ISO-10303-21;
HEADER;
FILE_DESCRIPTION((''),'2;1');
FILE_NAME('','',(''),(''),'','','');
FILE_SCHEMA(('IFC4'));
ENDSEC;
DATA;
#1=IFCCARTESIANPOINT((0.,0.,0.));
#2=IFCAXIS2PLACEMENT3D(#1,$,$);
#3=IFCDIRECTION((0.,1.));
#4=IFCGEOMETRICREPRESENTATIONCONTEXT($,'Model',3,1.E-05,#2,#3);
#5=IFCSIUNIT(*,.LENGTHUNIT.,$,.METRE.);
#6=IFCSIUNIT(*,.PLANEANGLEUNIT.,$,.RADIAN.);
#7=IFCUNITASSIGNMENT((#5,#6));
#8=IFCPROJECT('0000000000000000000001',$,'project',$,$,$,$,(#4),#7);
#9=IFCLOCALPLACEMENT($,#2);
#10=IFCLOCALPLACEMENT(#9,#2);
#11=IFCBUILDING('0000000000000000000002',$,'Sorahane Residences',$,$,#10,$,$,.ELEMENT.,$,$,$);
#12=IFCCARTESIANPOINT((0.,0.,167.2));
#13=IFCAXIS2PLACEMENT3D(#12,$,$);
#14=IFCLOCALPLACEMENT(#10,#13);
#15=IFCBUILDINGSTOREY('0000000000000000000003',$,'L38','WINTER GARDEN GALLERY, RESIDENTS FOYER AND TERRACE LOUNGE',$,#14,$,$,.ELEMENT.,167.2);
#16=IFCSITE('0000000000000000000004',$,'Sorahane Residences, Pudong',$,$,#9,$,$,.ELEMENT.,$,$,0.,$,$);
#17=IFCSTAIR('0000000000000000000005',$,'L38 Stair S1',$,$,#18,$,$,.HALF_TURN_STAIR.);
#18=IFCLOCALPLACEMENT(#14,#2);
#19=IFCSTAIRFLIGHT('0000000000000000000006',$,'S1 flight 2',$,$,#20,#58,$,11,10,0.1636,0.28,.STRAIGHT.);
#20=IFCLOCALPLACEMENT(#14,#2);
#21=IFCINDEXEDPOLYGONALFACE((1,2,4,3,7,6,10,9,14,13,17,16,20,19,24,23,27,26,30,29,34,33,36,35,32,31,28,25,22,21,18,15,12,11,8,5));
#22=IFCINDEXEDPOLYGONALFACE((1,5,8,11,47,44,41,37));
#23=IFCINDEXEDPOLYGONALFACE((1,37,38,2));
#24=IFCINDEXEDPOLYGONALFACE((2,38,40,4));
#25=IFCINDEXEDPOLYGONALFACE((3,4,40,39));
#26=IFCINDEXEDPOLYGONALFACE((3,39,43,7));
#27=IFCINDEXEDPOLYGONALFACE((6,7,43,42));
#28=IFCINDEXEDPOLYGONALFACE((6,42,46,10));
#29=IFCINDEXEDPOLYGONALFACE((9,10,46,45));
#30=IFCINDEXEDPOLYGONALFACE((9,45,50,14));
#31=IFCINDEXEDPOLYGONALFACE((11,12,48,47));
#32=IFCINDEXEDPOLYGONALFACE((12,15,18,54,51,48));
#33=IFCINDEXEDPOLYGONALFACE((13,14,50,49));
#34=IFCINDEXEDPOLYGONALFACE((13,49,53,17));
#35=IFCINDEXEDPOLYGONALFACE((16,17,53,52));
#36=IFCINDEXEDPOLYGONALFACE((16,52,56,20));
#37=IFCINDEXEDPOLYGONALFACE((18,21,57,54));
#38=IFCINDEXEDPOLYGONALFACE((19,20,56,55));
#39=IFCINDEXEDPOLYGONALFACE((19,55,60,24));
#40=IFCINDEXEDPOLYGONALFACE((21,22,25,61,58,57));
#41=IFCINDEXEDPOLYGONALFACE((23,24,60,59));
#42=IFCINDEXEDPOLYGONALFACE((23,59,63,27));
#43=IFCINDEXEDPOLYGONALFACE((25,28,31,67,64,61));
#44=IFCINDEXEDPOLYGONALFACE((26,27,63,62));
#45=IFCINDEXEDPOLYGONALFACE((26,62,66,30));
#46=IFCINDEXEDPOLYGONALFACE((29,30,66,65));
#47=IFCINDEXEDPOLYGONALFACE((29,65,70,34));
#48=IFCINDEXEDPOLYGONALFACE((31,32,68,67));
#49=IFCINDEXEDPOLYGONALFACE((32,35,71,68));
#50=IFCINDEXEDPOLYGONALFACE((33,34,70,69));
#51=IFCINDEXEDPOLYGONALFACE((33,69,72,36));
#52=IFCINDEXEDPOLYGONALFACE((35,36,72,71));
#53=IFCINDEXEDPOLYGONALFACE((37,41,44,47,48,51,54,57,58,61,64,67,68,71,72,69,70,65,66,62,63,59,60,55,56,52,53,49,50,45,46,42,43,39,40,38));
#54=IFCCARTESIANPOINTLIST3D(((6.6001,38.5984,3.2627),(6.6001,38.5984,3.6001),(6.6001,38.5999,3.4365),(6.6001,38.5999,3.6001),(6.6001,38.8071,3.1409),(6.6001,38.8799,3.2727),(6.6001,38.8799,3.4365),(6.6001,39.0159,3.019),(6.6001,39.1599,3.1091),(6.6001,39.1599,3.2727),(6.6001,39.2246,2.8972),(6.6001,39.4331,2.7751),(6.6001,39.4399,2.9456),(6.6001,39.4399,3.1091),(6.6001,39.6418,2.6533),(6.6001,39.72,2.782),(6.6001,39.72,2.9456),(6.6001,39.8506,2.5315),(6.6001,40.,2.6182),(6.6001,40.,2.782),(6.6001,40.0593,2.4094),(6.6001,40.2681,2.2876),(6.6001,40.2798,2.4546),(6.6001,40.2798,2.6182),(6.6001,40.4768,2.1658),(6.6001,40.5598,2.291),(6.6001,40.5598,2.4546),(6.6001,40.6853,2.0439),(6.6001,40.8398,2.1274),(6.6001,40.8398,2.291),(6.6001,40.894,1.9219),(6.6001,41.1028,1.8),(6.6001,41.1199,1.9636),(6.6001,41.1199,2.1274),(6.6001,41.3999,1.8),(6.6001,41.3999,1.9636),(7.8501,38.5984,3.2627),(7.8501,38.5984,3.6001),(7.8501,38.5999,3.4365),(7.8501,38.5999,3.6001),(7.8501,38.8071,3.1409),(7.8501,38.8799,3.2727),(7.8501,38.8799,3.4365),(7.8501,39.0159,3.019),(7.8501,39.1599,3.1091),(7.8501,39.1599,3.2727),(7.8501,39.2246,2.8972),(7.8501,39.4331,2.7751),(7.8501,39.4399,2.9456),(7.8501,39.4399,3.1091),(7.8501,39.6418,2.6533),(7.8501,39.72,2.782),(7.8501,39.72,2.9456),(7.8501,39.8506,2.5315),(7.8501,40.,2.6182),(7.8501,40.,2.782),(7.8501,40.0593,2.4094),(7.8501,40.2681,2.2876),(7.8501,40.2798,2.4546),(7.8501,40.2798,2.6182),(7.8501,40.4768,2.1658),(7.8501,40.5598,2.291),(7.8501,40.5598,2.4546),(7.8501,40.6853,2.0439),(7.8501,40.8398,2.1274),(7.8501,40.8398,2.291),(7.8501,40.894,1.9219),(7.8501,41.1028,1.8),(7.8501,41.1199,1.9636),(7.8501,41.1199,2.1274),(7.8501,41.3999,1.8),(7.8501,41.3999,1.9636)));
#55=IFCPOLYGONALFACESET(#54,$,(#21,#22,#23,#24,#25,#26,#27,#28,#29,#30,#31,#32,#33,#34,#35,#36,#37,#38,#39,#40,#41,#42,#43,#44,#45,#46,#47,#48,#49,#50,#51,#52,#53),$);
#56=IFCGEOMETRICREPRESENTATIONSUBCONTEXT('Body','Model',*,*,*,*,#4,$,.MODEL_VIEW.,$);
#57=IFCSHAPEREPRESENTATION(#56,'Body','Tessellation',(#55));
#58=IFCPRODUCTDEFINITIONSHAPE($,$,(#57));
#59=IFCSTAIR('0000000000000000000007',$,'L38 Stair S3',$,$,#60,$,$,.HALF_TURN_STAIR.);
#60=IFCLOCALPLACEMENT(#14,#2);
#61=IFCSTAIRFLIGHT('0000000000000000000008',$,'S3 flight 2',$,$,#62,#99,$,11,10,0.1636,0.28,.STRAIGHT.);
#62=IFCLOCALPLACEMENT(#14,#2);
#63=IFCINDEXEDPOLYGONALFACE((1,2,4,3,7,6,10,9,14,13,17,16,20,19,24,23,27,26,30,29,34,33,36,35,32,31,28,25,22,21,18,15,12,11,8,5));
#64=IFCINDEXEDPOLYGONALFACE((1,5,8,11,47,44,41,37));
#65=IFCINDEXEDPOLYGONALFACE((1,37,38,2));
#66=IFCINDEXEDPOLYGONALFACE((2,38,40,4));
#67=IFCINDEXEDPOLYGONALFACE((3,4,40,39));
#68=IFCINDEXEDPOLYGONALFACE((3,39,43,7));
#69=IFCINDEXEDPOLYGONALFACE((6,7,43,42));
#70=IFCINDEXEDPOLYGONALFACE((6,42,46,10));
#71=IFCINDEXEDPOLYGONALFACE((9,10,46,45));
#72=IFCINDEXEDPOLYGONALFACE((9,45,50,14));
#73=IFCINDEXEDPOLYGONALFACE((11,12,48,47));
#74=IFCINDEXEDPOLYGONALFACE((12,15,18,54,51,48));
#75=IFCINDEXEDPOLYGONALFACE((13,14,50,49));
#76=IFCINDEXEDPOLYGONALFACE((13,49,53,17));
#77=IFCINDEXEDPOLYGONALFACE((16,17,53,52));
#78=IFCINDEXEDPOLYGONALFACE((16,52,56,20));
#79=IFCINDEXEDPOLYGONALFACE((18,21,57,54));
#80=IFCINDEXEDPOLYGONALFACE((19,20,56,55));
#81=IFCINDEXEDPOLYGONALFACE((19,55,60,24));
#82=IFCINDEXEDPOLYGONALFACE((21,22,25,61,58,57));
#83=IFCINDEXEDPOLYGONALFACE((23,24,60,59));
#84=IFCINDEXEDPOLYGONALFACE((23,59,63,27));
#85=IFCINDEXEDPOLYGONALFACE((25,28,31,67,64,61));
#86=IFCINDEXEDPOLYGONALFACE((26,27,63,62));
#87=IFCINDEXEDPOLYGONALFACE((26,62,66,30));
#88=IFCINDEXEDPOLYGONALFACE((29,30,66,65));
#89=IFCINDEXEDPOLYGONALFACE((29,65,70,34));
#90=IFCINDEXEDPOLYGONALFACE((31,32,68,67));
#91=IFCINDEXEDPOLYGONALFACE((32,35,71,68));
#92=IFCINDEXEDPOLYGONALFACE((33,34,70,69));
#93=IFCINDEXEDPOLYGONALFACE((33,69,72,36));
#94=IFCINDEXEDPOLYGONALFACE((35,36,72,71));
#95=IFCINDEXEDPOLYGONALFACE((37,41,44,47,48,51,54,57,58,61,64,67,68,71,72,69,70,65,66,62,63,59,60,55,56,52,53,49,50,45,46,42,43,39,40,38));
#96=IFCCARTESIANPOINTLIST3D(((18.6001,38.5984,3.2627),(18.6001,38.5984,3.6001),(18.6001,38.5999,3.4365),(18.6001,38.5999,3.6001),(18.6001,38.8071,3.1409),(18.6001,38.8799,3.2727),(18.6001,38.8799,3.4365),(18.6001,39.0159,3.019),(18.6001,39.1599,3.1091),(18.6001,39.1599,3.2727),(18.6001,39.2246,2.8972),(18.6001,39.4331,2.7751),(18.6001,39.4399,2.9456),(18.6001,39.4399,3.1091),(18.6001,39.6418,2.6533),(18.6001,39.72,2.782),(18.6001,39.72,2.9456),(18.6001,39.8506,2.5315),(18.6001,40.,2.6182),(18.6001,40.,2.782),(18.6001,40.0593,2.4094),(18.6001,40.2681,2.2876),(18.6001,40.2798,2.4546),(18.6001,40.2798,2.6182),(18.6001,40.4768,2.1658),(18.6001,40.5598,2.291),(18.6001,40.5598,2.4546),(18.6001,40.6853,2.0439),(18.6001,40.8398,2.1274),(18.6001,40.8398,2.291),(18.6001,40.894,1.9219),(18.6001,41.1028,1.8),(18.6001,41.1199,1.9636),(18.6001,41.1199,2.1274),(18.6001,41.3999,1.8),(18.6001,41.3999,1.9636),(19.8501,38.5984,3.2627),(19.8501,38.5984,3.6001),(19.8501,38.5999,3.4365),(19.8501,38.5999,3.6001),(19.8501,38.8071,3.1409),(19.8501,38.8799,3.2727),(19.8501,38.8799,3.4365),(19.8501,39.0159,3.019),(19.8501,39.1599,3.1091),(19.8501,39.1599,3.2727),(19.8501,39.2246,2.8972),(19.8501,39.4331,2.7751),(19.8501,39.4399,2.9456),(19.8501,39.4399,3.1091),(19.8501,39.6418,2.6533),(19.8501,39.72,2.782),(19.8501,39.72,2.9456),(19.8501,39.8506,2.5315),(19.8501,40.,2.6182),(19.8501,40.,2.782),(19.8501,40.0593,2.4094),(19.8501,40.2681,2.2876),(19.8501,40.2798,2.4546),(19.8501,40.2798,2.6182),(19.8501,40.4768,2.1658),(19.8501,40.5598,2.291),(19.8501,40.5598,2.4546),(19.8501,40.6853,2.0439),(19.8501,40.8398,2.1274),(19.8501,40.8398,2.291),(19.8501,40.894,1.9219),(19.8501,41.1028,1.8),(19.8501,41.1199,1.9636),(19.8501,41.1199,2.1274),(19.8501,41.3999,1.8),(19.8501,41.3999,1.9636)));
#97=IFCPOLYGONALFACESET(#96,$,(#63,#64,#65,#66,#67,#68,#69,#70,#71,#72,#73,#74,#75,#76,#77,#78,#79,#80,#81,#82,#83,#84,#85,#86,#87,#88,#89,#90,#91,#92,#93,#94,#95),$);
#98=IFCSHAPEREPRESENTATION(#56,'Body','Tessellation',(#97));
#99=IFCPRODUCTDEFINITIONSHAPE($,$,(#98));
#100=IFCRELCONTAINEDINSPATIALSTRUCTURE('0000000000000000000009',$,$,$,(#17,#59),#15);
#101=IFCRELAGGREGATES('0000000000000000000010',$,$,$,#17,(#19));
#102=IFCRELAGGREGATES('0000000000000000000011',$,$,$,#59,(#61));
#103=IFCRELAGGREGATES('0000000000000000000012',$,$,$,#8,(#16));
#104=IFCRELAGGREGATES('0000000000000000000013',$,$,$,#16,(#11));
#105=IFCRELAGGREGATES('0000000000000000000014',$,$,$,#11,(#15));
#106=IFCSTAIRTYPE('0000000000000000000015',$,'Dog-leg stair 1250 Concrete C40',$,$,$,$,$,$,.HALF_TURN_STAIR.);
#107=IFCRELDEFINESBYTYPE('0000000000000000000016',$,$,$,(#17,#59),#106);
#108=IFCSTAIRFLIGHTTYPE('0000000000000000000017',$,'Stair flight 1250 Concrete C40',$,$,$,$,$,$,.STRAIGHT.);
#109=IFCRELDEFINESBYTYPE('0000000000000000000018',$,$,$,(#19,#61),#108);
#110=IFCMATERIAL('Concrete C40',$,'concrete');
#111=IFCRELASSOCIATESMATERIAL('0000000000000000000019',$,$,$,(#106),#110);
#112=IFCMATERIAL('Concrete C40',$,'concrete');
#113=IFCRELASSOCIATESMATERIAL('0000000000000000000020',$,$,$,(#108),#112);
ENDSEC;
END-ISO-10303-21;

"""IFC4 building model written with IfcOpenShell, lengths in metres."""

from ifc_helpers import new_model, si_unit, direction, frame, origin, place, context, subcontext, project, spatial, polyline, outline, extrude, material, type_object, element, aggregate, save


model = new_model("IFC4")

# Units and contexts
model_context = context("Model", 3, precision=1e-05, world=origin(), true_north=direction((0.0, 1.0)))
body_context = subcontext(model_context, "Body", "Model", "MODEL_VIEW")
ifc_project = project(units=[si_unit("LENGTHUNIT", "METRE"), si_unit("PLANEANGLEUNIT", "RADIAN")], contexts=[model_context])

# Site, building, storey
site_placement = place(None, origin())
site = spatial("IfcSite", under=ifc_project, at=site_placement, Name="Sorahane Residences, Pudong", CompositionType="ELEMENT", RefElevation=0.0)
building_placement = place(site_placement, origin())
building = spatial("IfcBuilding", under=site, at=building_placement, Name="Sorahane Residences", CompositionType="ELEMENT")
storey_placement = place(building_placement, frame((0.0, 0.0, 167.2)))
storey = spatial("IfcBuildingStorey", under=building, at=storey_placement, Name="L38", Description="WINTER GARDEN GALLERY, RESIDENTS FOYER AND TERRACE LOUNGE", CompositionType="ELEMENT", Elevation=167.2)

# Stairs, stair flights
ifc_material_1 = material(Name="Concrete C40", Category="concrete")
stair_type = type_object("IfcStairType", Name="Dog-leg stair 1250 Concrete C40", PredefinedType="HALF_TURN_STAIR", material=ifc_material_1)
stair_1_placement = place(storey_placement, origin())
stair_1 = element("IfcStair", 1, at=stair_1_placement, inside=storey, type_object=stair_type, Name="L38 Stair S1", PredefinedType="HALF_TURN_STAIR")
ifc_material_2 = material(Name="Concrete C40", Category="concrete")
stair_flight_type = type_object("IfcStairFlightType", Name="Stair flight 1250 Concrete C40", PredefinedType="STRAIGHT", material=ifc_material_2)
stair_flight_1_placement = place(storey_placement, frame((7.2251, 41.3999, 1.8), z_axis=(0.0, 0.0, 1.0), x_axis=(0.0, -1.0, 0.0)))
stair_flight_1 = element("IfcStairFlight", 2, at=stair_flight_1_placement, type_object=stair_flight_type, Name="S1 flight 2", NumberOfRisers=11, NumberOfTreads=10, PredefinedType="STRAIGHT", RiserHeight=0.1636, TreadLength=0.28, context=body_context, shape_type="SweptSolid", body=[
    extrude(outline(polyline([(0.0, 0.0), (0.0, 0.1636), (0.28, 0.1636), (0.28, 0.3274), (0.5601, 0.3274), (0.5601, 0.491), (0.8401, 0.491), (0.8401, 0.6545), (1.1201, 0.6545), (1.1201, 0.8181), (1.3999, 0.8181), (1.3999, 0.9819), (1.6799, 0.9819), (1.6799, 1.1455), (1.96, 1.1455), (1.96, 1.3091), (2.24, 1.3091), (2.24, 1.4727), (2.52, 1.4727), (2.52, 1.6365), (2.8, 1.6365), (2.8, 1.8), (2.8015, 1.8), (2.8015, 1.4626), (2.5928, 1.3408), (2.384, 1.219), (2.1753, 1.0972), (1.9668, 0.9751), (1.7581, 0.8533), (1.5493, 0.7314), (1.3406, 0.6094), (1.1318, 0.4875), (0.9231, 0.3657), (0.7146, 0.2439), (0.5059, 0.1218), (0.2971, 0.0), (0.0, 0.0)])), frame((0.0, 0.625, 0.0), z_axis=(0.0, -1.0, 0.0), x_axis=(1.0, 0.0, 0.0)), (0.0, 0.0, 1.0), 1.25),
])
aggregate(stair_1, [stair_flight_1])
stair_2_placement = place(storey_placement, origin())
stair_2 = element("IfcStair", 3, at=stair_2_placement, inside=storey, type_object=stair_type, Name="L38 Stair S3", PredefinedType="HALF_TURN_STAIR")
stair_flight_2_placement = place(storey_placement, frame((19.2251, 41.3999, 1.8), z_axis=(0.0, 0.0, 1.0), x_axis=(0.0, -1.0, 0.0)))
stair_flight_2 = element("IfcStairFlight", 4, at=stair_flight_2_placement, type_object=stair_flight_type, Name="S3 flight 2", NumberOfRisers=11, NumberOfTreads=10, PredefinedType="STRAIGHT", RiserHeight=0.1636, TreadLength=0.28, context=body_context, shape_type="SweptSolid", body=[
    extrude(outline(polyline([(0.0, 0.0), (0.0, 0.1636), (0.28, 0.1636), (0.28, 0.3274), (0.5601, 0.3274), (0.5601, 0.491), (0.8401, 0.491), (0.8401, 0.6545), (1.1201, 0.6545), (1.1201, 0.8181), (1.3999, 0.8181), (1.3999, 0.9819), (1.6799, 0.9819), (1.6799, 1.1455), (1.96, 1.1455), (1.96, 1.3091), (2.24, 1.3091), (2.24, 1.4727), (2.52, 1.4727), (2.52, 1.6365), (2.8, 1.6365), (2.8, 1.8), (2.8015, 1.8), (2.8015, 1.4626), (2.5928, 1.3408), (2.384, 1.219), (2.1753, 1.0972), (1.9668, 0.9751), (1.7581, 0.8533), (1.5493, 0.7314), (1.3406, 0.6094), (1.1318, 0.4875), (0.9231, 0.3657), (0.7146, 0.2439), (0.5059, 0.1218), (0.2971, 0.0), (0.0, 0.0)])), frame((0.0, 0.625, 0.0), z_axis=(0.0, -1.0, 0.0), x_axis=(1.0, 0.0, 0.0)), (0.0, 0.0, 1.0), 1.25),
])
aggregate(stair_2, [stair_flight_2])

save(model, "model.ifc")
